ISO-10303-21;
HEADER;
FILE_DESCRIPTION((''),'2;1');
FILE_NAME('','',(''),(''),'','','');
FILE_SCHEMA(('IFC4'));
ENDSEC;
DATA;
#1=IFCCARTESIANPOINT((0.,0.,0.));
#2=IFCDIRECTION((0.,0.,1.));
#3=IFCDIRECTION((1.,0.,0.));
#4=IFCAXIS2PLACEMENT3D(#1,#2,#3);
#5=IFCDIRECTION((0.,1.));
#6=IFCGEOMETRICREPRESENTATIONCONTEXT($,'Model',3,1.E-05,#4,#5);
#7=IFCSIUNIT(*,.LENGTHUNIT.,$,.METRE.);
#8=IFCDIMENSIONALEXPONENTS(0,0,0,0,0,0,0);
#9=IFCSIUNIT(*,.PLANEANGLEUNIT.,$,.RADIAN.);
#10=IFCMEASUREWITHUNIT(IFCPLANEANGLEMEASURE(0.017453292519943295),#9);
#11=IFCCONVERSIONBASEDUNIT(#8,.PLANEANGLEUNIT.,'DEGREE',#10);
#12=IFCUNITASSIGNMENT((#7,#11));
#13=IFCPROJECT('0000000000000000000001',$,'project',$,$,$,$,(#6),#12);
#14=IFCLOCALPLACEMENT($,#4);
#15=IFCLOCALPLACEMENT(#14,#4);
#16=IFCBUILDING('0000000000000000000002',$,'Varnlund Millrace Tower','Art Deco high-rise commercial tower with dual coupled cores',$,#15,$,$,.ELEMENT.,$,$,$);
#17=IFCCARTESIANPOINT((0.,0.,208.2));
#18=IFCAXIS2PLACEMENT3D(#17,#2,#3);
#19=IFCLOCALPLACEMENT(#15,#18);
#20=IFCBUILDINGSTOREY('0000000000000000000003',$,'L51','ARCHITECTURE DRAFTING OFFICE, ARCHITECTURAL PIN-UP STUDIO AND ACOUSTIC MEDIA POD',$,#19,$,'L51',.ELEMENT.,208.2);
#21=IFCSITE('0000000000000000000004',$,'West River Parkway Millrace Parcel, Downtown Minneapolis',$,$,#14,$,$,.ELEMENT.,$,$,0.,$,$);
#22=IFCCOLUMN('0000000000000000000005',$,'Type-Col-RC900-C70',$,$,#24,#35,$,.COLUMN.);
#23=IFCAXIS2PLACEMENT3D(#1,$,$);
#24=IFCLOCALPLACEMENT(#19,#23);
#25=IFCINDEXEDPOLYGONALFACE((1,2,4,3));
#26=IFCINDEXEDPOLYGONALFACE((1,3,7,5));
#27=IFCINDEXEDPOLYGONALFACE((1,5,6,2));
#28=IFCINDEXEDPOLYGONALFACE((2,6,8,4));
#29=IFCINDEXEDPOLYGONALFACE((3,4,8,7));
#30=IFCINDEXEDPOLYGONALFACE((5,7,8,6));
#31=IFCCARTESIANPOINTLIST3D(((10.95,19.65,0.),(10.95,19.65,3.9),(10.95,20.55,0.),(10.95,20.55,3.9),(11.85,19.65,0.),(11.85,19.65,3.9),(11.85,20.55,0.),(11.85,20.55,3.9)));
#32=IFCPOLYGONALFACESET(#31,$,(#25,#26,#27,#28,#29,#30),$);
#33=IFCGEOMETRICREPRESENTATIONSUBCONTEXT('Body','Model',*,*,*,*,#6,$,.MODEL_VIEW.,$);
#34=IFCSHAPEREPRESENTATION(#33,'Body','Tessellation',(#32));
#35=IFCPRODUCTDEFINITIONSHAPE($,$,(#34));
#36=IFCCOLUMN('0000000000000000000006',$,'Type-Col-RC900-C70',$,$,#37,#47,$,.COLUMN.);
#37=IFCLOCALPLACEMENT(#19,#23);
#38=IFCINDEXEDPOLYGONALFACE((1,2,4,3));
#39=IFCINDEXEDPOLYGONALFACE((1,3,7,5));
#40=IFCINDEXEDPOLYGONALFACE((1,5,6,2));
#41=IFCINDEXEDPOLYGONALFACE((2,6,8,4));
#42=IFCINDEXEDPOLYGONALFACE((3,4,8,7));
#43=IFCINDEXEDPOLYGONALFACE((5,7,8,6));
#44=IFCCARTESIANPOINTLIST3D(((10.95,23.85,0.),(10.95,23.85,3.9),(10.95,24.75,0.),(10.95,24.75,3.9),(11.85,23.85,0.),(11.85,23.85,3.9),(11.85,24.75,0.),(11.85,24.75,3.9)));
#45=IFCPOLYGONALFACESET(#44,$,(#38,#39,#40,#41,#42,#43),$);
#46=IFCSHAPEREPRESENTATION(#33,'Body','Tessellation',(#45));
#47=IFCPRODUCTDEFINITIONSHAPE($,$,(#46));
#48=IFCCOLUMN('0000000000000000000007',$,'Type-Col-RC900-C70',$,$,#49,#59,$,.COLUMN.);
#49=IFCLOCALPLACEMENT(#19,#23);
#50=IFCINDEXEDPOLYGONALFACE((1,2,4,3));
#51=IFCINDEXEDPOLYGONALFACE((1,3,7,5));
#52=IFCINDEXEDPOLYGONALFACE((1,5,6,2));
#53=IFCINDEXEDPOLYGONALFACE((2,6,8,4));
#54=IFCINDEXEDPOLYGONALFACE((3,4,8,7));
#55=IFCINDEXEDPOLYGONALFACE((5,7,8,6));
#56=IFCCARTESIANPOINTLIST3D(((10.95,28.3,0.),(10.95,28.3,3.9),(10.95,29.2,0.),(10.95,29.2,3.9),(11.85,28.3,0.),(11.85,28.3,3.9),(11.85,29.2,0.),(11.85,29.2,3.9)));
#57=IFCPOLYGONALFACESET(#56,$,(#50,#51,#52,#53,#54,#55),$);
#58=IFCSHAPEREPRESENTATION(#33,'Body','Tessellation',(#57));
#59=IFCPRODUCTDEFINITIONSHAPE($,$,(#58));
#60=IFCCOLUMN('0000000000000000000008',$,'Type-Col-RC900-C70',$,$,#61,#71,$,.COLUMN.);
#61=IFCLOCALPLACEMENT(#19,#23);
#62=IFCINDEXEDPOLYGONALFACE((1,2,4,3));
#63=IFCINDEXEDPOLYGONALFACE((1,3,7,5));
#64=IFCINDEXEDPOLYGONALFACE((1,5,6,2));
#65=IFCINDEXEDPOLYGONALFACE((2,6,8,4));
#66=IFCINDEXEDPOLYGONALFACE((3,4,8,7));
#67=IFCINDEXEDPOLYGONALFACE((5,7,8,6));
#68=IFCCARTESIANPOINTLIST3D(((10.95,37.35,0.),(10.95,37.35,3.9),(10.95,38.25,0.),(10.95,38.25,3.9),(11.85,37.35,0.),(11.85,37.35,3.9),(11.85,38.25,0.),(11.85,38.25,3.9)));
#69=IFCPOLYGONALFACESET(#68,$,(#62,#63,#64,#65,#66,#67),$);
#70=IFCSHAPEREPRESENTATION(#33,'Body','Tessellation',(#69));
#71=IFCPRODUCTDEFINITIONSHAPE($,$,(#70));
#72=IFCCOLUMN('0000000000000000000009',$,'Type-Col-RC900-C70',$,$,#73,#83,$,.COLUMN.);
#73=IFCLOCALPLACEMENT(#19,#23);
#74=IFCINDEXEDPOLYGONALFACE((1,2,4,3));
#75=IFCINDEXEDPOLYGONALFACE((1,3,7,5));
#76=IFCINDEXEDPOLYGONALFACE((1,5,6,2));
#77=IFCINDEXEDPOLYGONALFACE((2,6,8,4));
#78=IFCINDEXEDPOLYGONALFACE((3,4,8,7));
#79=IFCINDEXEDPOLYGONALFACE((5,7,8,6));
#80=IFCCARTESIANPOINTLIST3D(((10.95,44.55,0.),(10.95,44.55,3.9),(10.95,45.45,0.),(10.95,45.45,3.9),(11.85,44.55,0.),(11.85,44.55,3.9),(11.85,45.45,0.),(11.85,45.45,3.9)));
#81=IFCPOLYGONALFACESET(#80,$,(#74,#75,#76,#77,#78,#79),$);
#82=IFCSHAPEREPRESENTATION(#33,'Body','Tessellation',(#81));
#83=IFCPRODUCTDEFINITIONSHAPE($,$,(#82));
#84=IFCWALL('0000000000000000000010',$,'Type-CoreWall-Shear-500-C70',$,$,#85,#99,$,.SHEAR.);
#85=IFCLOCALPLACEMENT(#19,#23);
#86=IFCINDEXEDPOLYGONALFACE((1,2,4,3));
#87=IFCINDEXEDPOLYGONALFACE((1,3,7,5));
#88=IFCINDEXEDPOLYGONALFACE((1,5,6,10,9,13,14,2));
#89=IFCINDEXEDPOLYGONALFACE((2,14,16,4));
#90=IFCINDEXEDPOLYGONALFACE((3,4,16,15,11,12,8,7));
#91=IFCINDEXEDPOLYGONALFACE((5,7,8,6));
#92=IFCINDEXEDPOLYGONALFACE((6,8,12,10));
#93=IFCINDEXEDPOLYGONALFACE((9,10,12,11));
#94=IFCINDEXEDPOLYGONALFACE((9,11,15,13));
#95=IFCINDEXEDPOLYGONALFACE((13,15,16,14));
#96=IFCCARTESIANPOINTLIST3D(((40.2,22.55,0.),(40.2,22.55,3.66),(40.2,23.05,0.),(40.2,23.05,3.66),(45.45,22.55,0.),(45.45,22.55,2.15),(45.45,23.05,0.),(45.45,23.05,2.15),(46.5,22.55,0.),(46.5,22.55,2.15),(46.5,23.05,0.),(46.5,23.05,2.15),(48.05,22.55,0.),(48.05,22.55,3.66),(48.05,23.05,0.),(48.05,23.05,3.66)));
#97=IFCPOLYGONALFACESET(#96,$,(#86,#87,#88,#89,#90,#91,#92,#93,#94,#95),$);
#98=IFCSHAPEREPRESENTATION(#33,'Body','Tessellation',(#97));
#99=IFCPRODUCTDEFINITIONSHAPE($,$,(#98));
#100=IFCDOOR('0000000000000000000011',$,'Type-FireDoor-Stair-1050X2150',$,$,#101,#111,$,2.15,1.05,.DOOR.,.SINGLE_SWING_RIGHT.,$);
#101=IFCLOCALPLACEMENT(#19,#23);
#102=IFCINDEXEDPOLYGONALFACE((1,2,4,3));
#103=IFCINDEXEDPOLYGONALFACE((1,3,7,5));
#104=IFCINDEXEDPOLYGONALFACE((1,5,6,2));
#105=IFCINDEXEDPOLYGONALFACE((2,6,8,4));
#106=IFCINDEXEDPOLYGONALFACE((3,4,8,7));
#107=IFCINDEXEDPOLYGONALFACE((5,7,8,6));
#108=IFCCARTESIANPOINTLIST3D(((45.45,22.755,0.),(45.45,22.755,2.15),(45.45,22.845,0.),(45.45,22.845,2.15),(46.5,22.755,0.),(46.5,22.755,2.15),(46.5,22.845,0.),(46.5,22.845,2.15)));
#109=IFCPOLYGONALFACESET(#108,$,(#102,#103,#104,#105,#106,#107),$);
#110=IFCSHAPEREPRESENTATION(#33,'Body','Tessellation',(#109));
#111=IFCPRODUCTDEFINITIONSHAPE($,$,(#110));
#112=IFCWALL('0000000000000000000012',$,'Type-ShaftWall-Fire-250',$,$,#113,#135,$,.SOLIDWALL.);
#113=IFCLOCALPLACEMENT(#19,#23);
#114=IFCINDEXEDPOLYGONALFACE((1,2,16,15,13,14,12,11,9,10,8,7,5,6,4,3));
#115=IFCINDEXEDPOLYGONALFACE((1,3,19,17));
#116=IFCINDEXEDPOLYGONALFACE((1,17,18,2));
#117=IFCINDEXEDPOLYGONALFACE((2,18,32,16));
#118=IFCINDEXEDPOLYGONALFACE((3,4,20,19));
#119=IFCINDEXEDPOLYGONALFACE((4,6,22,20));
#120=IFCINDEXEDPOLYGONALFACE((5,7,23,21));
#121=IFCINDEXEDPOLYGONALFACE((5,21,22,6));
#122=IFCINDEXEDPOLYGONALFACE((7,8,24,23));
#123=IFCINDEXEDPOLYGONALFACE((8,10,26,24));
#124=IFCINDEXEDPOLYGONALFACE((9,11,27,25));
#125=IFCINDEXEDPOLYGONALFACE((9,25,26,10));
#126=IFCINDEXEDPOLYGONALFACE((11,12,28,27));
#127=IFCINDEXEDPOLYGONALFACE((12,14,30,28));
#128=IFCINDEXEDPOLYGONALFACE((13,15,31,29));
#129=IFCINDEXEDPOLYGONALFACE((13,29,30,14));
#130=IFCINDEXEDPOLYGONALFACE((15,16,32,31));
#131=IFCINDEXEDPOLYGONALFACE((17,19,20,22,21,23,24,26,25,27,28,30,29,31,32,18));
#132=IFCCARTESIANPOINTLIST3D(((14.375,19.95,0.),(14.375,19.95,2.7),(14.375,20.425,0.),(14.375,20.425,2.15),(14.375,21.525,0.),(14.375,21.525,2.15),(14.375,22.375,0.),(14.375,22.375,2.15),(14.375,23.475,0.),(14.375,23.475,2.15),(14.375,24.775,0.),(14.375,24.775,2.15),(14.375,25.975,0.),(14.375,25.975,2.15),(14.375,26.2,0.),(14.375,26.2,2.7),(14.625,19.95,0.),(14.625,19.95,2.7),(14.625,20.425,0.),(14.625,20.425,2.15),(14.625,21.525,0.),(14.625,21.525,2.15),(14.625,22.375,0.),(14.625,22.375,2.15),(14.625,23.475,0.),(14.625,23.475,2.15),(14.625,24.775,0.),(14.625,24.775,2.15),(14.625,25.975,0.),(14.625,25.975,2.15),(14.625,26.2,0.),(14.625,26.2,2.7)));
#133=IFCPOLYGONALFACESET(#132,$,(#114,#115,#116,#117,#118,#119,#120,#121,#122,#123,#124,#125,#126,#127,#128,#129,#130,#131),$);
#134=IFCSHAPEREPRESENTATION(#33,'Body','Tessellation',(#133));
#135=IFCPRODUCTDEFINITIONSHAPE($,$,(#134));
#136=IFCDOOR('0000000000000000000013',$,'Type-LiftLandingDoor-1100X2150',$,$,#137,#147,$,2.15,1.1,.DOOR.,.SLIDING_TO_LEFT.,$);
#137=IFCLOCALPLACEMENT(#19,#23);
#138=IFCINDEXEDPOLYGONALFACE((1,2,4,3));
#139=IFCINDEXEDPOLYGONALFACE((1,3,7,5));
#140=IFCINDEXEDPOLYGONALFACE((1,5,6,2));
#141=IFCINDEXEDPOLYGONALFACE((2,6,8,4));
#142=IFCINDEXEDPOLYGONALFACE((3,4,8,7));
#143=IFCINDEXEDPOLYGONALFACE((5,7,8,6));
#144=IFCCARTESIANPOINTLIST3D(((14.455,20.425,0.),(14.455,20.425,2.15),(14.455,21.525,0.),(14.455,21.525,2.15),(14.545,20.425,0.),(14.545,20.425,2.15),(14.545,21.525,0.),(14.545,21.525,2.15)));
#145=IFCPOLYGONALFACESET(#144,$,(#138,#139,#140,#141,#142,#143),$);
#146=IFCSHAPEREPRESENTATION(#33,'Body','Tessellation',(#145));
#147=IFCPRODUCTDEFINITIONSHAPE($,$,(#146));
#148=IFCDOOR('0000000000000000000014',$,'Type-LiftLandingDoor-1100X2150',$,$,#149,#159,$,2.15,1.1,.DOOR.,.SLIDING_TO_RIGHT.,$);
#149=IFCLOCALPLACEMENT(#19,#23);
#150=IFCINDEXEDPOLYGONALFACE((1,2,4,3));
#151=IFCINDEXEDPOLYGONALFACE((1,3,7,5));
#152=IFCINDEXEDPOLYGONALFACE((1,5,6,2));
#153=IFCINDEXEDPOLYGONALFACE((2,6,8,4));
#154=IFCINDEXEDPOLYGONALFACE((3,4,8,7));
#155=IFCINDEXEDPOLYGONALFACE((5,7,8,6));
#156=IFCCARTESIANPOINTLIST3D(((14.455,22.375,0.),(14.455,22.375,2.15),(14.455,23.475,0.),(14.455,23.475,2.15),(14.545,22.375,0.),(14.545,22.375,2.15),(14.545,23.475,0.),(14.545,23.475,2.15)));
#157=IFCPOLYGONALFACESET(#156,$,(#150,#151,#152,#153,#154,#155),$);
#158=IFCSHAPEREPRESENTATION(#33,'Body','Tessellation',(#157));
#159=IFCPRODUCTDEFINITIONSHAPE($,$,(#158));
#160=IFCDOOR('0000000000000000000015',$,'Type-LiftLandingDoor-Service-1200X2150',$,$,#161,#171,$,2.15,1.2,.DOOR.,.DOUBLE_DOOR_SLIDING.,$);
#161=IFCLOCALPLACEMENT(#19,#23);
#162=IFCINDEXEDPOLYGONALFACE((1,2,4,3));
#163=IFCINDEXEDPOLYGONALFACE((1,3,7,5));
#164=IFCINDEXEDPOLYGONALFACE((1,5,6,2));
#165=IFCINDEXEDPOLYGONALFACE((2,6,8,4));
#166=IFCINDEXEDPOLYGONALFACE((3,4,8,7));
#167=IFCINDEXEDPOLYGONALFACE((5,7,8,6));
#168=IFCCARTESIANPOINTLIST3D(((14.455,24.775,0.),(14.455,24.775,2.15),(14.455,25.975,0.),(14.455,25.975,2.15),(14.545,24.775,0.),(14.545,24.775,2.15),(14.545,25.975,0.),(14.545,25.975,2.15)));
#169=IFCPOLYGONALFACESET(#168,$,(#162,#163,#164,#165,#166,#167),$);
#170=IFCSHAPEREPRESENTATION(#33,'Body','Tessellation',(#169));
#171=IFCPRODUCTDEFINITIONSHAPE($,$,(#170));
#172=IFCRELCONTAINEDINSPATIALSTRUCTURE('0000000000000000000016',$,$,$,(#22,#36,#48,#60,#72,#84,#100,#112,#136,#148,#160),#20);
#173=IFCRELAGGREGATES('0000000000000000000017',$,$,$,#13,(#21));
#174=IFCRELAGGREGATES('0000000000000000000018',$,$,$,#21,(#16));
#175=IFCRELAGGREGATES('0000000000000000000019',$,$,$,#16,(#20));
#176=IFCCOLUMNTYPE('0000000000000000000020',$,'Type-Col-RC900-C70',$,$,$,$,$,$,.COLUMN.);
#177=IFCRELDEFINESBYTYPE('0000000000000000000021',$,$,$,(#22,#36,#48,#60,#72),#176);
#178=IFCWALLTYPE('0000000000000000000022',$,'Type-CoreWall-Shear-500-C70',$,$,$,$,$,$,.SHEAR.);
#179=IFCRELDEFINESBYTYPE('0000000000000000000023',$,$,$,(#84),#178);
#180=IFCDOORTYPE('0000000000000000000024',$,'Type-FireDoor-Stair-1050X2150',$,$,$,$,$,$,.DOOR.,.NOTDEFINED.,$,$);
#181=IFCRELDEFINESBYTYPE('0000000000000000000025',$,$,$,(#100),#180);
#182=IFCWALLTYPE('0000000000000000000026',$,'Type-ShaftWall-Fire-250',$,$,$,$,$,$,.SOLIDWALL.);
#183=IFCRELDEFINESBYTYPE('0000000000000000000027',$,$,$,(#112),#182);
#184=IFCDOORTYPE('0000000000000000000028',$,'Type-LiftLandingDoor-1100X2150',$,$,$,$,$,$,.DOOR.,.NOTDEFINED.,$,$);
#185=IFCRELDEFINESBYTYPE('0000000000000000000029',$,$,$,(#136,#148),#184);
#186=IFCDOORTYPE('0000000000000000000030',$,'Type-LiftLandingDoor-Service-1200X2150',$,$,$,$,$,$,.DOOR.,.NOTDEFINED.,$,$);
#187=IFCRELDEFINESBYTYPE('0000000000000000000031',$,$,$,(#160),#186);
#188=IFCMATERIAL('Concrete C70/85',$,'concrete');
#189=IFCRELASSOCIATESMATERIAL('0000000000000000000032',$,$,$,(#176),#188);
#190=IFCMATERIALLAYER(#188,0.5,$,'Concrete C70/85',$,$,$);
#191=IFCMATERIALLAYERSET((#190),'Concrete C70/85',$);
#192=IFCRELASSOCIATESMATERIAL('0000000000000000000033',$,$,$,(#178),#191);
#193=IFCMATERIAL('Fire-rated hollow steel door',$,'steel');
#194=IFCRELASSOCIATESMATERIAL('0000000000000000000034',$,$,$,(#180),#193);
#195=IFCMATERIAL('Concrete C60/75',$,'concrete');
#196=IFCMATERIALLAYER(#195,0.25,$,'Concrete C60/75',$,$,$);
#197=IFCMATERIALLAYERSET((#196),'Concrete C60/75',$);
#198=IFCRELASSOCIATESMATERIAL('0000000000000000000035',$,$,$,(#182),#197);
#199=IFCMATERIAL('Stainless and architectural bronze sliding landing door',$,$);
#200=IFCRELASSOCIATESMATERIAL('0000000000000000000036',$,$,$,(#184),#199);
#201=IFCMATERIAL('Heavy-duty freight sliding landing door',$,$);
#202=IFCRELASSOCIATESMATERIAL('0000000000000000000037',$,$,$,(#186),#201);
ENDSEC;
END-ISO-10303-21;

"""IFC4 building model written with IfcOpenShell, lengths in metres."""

from ifc_helpers import new_model, entity, si_unit, converted_unit, direction, frame, origin_with_axes, origin_2d_with_axis, place, context, subcontext, project, spatial, polyline, rectangle, outline, extrude, material, layer, layer_set, material_profile, profile_set, type_object, element, fill, save


model = new_model("IFC4")

# Units and contexts
model_context = context("Model", 3, precision=1e-05, world=origin_with_axes(), true_north=direction((0.0, 1.0)))
body_context = subcontext(model_context, "Body", "Model", "MODEL_VIEW")
ifc_project = project(units=[si_unit("LENGTHUNIT", "METRE"), converted_unit("PLANEANGLEUNIT", "DEGREE", entity("IfcPlaneAngleMeasure", 0.017453292519943295), si_unit("PLANEANGLEUNIT", "RADIAN"), dimensions=[0, 0, 0, 0, 0, 0, 0])], contexts=[model_context])

# Site, building, storey
site_placement = place(None, origin_with_axes())
site = spatial("IfcSite", under=ifc_project, at=site_placement, Name="West River Parkway Millrace Parcel, Downtown Minneapolis", CompositionType="ELEMENT", RefElevation=0.0)
building_placement = place(site_placement, origin_with_axes())
building = spatial("IfcBuilding", under=site, at=building_placement, Name="Varnlund Millrace Tower", Description="Art Deco high-rise commercial tower with dual coupled cores", CompositionType="ELEMENT")
storey_placement = place(building_placement, frame((0.0, 0.0, 208.2), z_axis=(0.0, 0.0, 1.0), x_axis=(1.0, 0.0, 0.0)))
storey = spatial("IfcBuildingStorey", under=building, at=storey_placement, Name="L51", Description="ARCHITECTURE DRAFTING OFFICE, ARCHITECTURAL PIN-UP STUDIO AND ACOUSTIC MEDIA POD", LongName="L51", CompositionType="ELEMENT", Elevation=208.2)

# Columns
ifc_material_1 = material(Name="Concrete C70/85", Category="concrete")
ifc_material_profile = material_profile(ifc_material_1, rectangle(XDim=0.9, YDim=0.9, at=origin_2d_with_axis()), Name="Concrete C70/85")
ifc_profile_set = profile_set([ifc_material_profile], Name="Concrete C70/85")
column_type = type_object("IfcColumnType", Name="Type-Col-RC900-C70", PredefinedType="COLUMN", material=ifc_profile_set)
for number, where, z_axis, x_axis, name in (
    (1, (11.4, 20.1, 0.0), (0.0, 0.0, 1.0), (1.0, 0.0, 0.0), "Type-Col-RC900-C70"),
    (2, (11.4, 24.3, 0.0), (0.0, 0.0, 1.0), (1.0, 0.0, 0.0), "Type-Col-RC900-C70"),
    (3, (11.4, 28.75, 0.0), (0.0, 0.0, 1.0), (1.0, 0.0, 0.0), "Type-Col-RC900-C70"),
    (4, (11.4, 37.8, 0.0), (0.0, 0.0, 1.0), (1.0, 0.0, 0.0), "Type-Col-RC900-C70"),
    (5, (11.4, 45.0, 0.0), (0.0, 0.0, 1.0), (1.0, 0.0, 0.0), "Type-Col-RC900-C70"),
):
    element("IfcColumn", number, at=place(storey_placement, frame(where, z_axis=z_axis, x_axis=x_axis)), inside=storey, type_object=column_type, Name=name, PredefinedType="COLUMN", context=body_context, shape_type="SweptSolid", body=[
        extrude(rectangle(XDim=0.9, YDim=0.9, at=origin_2d_with_axis()), origin_with_axes(), (0.0, 0.0, 1.0), 3.9),
    ])

# Wall, opening, door
ifc_layer_1 = layer(ifc_material_1, 0.5, Name="Concrete C70/85")
ifc_layer_set_1 = layer_set([ifc_layer_1], Name="Concrete C70/85")
wall_type_1 = type_object("IfcWallType", Name="Type-CoreWall-Shear-500-C70", PredefinedType="SHEAR", material=ifc_layer_set_1)
wall_1_placement = place(storey_placement, frame((40.2, 22.8, 0.0), z_axis=(0.0, 0.0, 1.0), x_axis=(1.0, 0.0, 0.0)))
wall_1 = element("IfcWall", 6, at=wall_1_placement, inside=storey, type_object=wall_type_1, Name="Type-CoreWall-Shear-500-C70", PredefinedType="SHEAR", context=body_context, shape_type="SweptSolid", body=[
    extrude(outline(polyline([(0.0, -0.25), (7.85, -0.25), (7.85, 0.25), (0.0, 0.25), (0.0, -0.25)])), origin_with_axes(), (0.0, 0.0, 1.0), 3.66),
])
opening_1_placement = place(wall_1_placement, frame((5.775, 0.0, 0.0), z_axis=(0.0, 0.0, 1.0), x_axis=(1.0, 0.0, 0.0)))
opening_1 = element("IfcOpeningElement", 7, at=opening_1_placement, cuts=wall_1, PredefinedType="OPENING", context=body_context, shape_type="SweptSolid", body=[
    extrude(rectangle(XDim=1.05, YDim=0.52, at=origin_2d_with_axis()), origin_with_axes(), (0.0, 0.0, 1.0), 2.15),
])
ifc_material_2 = material(Name="Fire-rated hollow steel door", Category="steel")
door_type_1 = type_object("IfcDoorType", Name="Type-FireDoor-Stair-1050X2150", OperationType="NOTDEFINED", PredefinedType="DOOR", material=ifc_material_2)
door_1_placement = place(wall_1_placement, frame((5.775, 0.0, 0.0), z_axis=(0.0, 0.0, 1.0), x_axis=(1.0, 0.0, 0.0)))
door_1 = element("IfcDoor", 8, at=door_1_placement, inside=storey, type_object=door_type_1, Name="Type-FireDoor-Stair-1050X2150", OperationType="SINGLE_SWING_RIGHT", OverallHeight=2.15, OverallWidth=1.05, PredefinedType="DOOR", context=body_context, shape_type="SweptSolid", body=[
    extrude(rectangle(XDim=1.05, YDim=0.09, at=origin_2d_with_axis()), origin_with_axes(), (0.0, 0.0, 1.0), 2.15),
])
fill(opening_1, door_1)

# Wall, openings, doors
ifc_material_3 = material(Name="Concrete C60/75", Category="concrete")
ifc_layer_2 = layer(ifc_material_3, 0.25, Name="Concrete C60/75")
ifc_layer_set_2 = layer_set([ifc_layer_2], Name="Concrete C60/75")
wall_type_2 = type_object("IfcWallType", Name="Type-ShaftWall-Fire-250", PredefinedType="SOLIDWALL", material=ifc_layer_set_2)
wall_2_placement = place(storey_placement, frame((14.5, 19.95, 0.0), z_axis=(0.0, 0.0, 1.0), x_axis=(0.0, 1.0, 0.0)))
wall_2 = element("IfcWall", 9, at=wall_2_placement, inside=storey, type_object=wall_type_2, Name="Type-ShaftWall-Fire-250", PredefinedType="SOLIDWALL", context=body_context, shape_type="SweptSolid", body=[
    extrude(outline(polyline([(0.0, -0.125), (6.25, -0.125), (6.25, 0.125), (0.0, 0.125), (0.0, -0.125)])), origin_with_axes(), (0.0, 0.0, 1.0), 2.7),
])
opening_2_placement = place(wall_2_placement, frame((1.025, 0.0, 0.0), z_axis=(0.0, 0.0, 1.0), x_axis=(1.0, 0.0, 0.0)))
opening_2 = element("IfcOpeningElement", 10, at=opening_2_placement, cuts=wall_2, PredefinedType="OPENING", context=body_context, shape_type="SweptSolid", body=[
    extrude(rectangle(XDim=1.1, YDim=0.27, at=origin_2d_with_axis()), origin_with_axes(), (0.0, 0.0, 1.0), 2.15),
])
opening_3_placement = place(wall_2_placement, frame((2.975, 0.0, 0.0), z_axis=(0.0, 0.0, 1.0), x_axis=(1.0, 0.0, 0.0)))
opening_3 = element("IfcOpeningElement", 11, at=opening_3_placement, cuts=wall_2, PredefinedType="OPENING", context=body_context, shape_type="SweptSolid", body=[
    extrude(rectangle(XDim=1.1, YDim=0.27, at=origin_2d_with_axis()), origin_with_axes(), (0.0, 0.0, 1.0), 2.15),
])
opening_4_placement = place(wall_2_placement, frame((5.425, 0.0, 0.0), z_axis=(0.0, 0.0, 1.0), x_axis=(1.0, 0.0, 0.0)))
opening_4 = element("IfcOpeningElement", 12, at=opening_4_placement, cuts=wall_2, PredefinedType="OPENING", context=body_context, shape_type="SweptSolid", body=[
    extrude(rectangle(XDim=1.2, YDim=0.27, at=origin_2d_with_axis()), origin_with_axes(), (0.0, 0.0, 1.0), 2.15),
])
ifc_material_4 = material(Name="Stainless and architectural bronze sliding landing door")
door_type_2 = type_object("IfcDoorType", Name="Type-LiftLandingDoor-1100X2150", OperationType="NOTDEFINED", PredefinedType="DOOR", material=ifc_material_4)
door_2_placement = place(wall_2_placement, frame((1.025, 0.0, 0.0), z_axis=(0.0, 0.0, 1.0), x_axis=(1.0, 0.0, 0.0)))
door_2 = element("IfcDoor", 13, at=door_2_placement, inside=storey, type_object=door_type_2, Name="Type-LiftLandingDoor-1100X2150", OperationType="SLIDING_TO_LEFT", OverallHeight=2.15, OverallWidth=1.1, PredefinedType="DOOR", context=body_context, shape_type="SweptSolid", body=[
    extrude(rectangle(XDim=1.1, YDim=0.09, at=origin_2d_with_axis()), origin_with_axes(), (0.0, 0.0, 1.0), 2.15),
])
fill(opening_2, door_2)
door_3_placement = place(wall_2_placement, frame((2.975, 0.0, 0.0), z_axis=(0.0, 0.0, 1.0), x_axis=(1.0, 0.0, 0.0)))
door_3 = element("IfcDoor", 14, at=door_3_placement, inside=storey, type_object=door_type_2, Name="Type-LiftLandingDoor-1100X2150", OperationType="SLIDING_TO_RIGHT", OverallHeight=2.15, OverallWidth=1.1, PredefinedType="DOOR", context=body_context, shape_type="SweptSolid", body=[
    extrude(rectangle(XDim=1.1, YDim=0.09, at=origin_2d_with_axis()), origin_with_axes(), (0.0, 0.0, 1.0), 2.15),
])
fill(opening_3, door_3)
ifc_material_5 = material(Name="Heavy-duty freight sliding landing door")
door_type_3 = type_object("IfcDoorType", Name="Type-LiftLandingDoor-Service-1200X2150", OperationType="NOTDEFINED", PredefinedType="DOOR", material=ifc_material_5)
door_4_placement = place(wall_2_placement, frame((5.425, 0.0, 0.0), z_axis=(0.0, 0.0, 1.0), x_axis=(1.0, 0.0, 0.0)))
door_4 = element("IfcDoor", 15, at=door_4_placement, inside=storey, type_object=door_type_3, Name="Type-LiftLandingDoor-Service-1200X2150", OperationType="DOUBLE_DOOR_SLIDING", OverallHeight=2.15, OverallWidth=1.2, PredefinedType="DOOR", context=body_context, shape_type="SweptSolid", body=[
    extrude(rectangle(XDim=1.2, YDim=0.09, at=origin_2d_with_axis()), origin_with_axes(), (0.0, 0.0, 1.0), 2.15),
])
fill(opening_4, door_4)

save(model, "model.ifc")
